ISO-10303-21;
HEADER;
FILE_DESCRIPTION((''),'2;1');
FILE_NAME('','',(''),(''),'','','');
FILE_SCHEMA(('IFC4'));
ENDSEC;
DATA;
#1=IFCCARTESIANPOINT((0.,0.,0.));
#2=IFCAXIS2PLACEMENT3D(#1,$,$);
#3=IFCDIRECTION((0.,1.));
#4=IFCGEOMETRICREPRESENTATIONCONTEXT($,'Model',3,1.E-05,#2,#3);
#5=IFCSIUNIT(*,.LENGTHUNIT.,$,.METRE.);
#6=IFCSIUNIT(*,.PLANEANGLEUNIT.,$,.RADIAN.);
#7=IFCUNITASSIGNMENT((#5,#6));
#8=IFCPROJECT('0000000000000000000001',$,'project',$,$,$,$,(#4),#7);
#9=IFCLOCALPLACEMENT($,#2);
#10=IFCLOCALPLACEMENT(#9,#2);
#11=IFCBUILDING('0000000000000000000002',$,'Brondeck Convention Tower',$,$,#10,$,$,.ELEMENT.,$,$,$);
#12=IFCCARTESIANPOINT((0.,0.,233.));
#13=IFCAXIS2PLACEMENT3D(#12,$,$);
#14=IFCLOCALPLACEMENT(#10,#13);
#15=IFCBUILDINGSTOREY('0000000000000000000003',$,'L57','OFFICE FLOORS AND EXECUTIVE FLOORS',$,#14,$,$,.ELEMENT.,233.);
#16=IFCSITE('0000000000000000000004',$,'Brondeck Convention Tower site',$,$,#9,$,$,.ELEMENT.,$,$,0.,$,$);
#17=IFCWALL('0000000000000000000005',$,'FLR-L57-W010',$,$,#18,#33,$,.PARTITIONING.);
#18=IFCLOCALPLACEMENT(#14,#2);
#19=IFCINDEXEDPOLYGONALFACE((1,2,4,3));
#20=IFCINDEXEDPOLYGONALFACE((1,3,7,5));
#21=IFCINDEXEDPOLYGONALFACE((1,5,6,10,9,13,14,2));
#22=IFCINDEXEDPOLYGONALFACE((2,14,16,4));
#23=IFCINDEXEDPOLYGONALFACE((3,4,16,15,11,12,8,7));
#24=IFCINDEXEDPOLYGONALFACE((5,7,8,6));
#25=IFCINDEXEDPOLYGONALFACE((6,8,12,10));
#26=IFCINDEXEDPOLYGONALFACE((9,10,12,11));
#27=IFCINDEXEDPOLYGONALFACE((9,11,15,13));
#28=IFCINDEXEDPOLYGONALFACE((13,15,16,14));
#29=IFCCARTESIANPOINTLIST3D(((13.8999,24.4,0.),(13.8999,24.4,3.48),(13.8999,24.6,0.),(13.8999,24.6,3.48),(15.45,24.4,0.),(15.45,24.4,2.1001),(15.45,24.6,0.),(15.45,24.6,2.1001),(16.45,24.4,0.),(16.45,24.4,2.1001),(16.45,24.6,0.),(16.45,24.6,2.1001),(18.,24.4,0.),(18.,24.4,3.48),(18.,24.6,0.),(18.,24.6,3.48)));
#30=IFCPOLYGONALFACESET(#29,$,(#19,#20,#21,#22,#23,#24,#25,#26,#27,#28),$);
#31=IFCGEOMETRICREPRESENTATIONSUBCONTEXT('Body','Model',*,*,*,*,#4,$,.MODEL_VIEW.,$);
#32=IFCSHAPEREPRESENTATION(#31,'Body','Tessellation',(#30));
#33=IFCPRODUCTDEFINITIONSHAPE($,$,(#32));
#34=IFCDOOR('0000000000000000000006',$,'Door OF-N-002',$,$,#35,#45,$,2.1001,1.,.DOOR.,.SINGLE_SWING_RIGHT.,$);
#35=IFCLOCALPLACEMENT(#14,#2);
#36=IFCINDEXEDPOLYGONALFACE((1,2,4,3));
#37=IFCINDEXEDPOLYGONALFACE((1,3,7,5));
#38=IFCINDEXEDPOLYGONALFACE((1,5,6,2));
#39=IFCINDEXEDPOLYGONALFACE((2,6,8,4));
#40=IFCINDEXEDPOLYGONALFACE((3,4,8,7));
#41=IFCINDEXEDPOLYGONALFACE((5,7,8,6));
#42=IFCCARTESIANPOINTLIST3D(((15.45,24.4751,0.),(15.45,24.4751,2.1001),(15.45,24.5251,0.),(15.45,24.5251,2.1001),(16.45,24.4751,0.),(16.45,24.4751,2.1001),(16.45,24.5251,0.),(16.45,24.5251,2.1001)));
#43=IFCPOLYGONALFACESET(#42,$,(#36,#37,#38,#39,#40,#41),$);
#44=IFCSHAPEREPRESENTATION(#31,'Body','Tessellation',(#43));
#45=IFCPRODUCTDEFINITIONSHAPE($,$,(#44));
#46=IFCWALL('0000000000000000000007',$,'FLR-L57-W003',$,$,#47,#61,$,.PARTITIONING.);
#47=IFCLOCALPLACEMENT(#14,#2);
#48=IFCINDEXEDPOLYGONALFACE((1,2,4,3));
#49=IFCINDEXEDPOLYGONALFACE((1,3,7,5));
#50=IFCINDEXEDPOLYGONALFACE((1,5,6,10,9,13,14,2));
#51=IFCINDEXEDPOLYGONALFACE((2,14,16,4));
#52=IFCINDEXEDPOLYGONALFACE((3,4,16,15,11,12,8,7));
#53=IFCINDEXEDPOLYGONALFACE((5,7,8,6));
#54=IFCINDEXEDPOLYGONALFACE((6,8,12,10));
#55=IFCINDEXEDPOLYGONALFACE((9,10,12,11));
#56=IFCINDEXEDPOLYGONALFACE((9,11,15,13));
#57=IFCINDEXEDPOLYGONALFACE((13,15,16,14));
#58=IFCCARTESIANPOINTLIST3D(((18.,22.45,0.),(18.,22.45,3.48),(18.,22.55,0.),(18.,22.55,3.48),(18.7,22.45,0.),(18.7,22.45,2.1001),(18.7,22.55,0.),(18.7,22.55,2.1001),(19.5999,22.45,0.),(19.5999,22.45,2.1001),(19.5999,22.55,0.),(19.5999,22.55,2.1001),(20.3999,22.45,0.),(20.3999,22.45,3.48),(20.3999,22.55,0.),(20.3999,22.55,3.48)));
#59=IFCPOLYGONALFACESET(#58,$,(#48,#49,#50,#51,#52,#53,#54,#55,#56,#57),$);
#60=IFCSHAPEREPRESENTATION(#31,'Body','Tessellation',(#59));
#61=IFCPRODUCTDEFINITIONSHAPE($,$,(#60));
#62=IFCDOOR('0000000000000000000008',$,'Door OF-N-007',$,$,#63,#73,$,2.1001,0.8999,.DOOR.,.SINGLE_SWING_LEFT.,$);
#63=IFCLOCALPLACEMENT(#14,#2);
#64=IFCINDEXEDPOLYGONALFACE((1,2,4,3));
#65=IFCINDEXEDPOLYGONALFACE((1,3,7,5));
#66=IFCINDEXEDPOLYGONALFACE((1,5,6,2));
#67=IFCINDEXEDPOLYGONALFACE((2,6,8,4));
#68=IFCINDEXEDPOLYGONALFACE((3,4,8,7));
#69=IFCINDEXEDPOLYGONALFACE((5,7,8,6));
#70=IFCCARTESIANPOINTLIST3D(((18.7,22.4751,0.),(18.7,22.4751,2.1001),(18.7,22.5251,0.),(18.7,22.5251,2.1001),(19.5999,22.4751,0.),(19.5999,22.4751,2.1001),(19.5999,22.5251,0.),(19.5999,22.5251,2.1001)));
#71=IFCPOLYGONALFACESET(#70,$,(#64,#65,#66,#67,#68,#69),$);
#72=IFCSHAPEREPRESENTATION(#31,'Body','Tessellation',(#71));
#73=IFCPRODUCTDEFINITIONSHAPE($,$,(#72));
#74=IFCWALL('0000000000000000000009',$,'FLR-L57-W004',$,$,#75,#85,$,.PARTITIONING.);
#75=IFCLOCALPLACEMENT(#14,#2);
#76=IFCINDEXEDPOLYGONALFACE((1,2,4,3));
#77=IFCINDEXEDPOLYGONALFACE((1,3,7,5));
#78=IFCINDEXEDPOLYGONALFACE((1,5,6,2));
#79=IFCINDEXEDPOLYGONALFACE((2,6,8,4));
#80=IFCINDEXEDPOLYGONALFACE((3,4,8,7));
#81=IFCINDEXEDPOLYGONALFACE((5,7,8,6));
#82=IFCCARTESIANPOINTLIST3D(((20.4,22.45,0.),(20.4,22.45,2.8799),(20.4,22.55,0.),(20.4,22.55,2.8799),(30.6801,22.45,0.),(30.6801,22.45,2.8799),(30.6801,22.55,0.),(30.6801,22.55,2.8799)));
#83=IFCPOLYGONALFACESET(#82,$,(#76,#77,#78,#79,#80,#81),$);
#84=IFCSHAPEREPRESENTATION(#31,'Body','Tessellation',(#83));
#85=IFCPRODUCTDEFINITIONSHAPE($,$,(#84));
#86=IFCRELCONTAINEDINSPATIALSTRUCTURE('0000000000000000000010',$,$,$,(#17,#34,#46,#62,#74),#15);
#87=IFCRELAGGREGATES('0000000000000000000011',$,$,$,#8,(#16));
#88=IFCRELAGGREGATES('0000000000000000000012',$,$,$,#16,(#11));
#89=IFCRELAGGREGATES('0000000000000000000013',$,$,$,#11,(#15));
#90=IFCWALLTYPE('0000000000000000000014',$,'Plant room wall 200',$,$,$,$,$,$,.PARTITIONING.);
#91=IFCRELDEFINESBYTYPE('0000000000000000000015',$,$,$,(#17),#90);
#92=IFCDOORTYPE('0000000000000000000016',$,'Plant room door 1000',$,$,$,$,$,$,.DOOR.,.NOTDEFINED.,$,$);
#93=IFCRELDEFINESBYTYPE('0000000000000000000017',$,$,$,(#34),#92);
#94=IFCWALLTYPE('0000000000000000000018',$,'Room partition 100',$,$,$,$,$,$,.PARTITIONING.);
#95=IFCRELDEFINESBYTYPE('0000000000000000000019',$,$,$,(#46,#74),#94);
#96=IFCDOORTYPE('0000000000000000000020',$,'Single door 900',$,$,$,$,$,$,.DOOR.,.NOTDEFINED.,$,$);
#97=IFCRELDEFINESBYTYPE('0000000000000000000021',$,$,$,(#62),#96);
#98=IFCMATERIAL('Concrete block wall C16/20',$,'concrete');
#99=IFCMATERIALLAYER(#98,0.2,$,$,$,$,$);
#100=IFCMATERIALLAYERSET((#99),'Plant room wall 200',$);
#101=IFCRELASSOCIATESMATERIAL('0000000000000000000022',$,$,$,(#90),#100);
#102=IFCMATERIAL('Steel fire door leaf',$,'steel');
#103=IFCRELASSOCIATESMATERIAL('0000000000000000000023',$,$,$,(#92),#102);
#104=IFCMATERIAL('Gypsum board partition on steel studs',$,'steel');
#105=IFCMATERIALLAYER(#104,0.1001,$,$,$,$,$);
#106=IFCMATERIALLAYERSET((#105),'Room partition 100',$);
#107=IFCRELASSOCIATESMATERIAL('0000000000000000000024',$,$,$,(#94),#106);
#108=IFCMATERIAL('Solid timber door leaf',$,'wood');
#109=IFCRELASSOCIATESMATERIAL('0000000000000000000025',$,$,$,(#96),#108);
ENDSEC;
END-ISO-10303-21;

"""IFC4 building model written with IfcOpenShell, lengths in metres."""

from ifc_helpers import new_model, si_unit, direction, frame, frame_2d, origin, place, context, subcontext, project, spatial, rectangle, extrude, material, layer, layer_set, type_object, element, fill, save


model = new_model("IFC4")

# Units and contexts
model_context = context("Model", 3, precision=1e-05, world=origin(), true_north=direction((0.0, 1.0)))
body_context = subcontext(model_context, "Body", "Model", "MODEL_VIEW")
ifc_project = project(units=[si_unit("LENGTHUNIT", "METRE"), si_unit("PLANEANGLEUNIT", "RADIAN")], contexts=[model_context])

# Site, building, storey
site_placement = place(None, origin())
site = spatial("IfcSite", under=ifc_project, at=site_placement, Name="Brondeck Convention Tower site", CompositionType="ELEMENT", RefElevation=0.0)
building_placement = place(site_placement, origin())
building = spatial("IfcBuilding", under=site, at=building_placement, Name="Brondeck Convention Tower", CompositionType="ELEMENT")
storey_placement = place(building_placement, frame((0.0, 0.0, 233.0)))
storey = spatial("IfcBuildingStorey", under=building, at=storey_placement, Name="L57", Description="OFFICE FLOORS AND EXECUTIVE FLOORS", CompositionType="ELEMENT", Elevation=233.0)

# Shared definitions
ifc_material_1 = material(Name="Concrete block wall C16/20", Category="concrete")
ifc_layer_1 = layer(ifc_material_1, 0.2)
ifc_layer_set_1 = layer_set([ifc_layer_1], Name="Plant room wall 200")
wall_type_1 = type_object("IfcWallType", Name="Plant room wall 200", PredefinedType="PARTITIONING", material=ifc_layer_set_1)

# Walls, openings, doors
wall_1_placement = place(storey_placement, frame((18.0, 24.5, 0.0), z_axis=(0.0, 0.0, 1.0), x_axis=(-1.0, 0.0, 0.0)))
wall_1 = element("IfcWall", 1, at=wall_1_placement, inside=storey, type_object=wall_type_1, Name="FLR-L57-W010", PredefinedType="PARTITIONING", context=body_context, shape_type="SweptSolid", body=[
    extrude(rectangle(XDim=4.1001, YDim=0.2, at=frame_2d((2.05, 0.0))), origin(), (0.0, 0.0, 1.0), 3.48),
])
opening_1_placement = place(wall_1_placement, frame((1.55, 0.0, 0.0)))
opening_1 = element("IfcOpeningElement", 2, at=opening_1_placement, cuts=wall_1, PredefinedType="OPENING", context=body_context, shape_type="SweptSolid", body=[
    extrude(rectangle(XDim=1.0, YDim=2.1001, at=frame_2d((0.5, 1.05))), frame((0.0, 0.1099, 0.0), z_axis=(0.0, -1.0, 0.0), x_axis=(1.0, 0.0, 0.0)), (0.0, 0.0, 1.0), 0.22),
])
ifc_material_2 = material(Name="Steel fire door leaf", Category="steel")
door_type_1 = type_object("IfcDoorType", Name="Plant room door 1000", OperationType="NOTDEFINED", PredefinedType="DOOR", material=ifc_material_2)
door_1_placement = place(opening_1_placement, origin())
door_1 = element("IfcDoor", 3, at=door_1_placement, inside=storey, type_object=door_type_1, Name="Door OF-N-002", OperationType="SINGLE_SWING_RIGHT", OverallHeight=2.1001, OverallWidth=1.0, PredefinedType="DOOR", context=body_context, shape_type="SweptSolid", body=[
    extrude(rectangle(XDim=1.0, YDim=2.1001, at=frame_2d((0.5, 1.05))), frame((0.0, 0.0249, 0.0), z_axis=(0.0, -1.0, 0.0), x_axis=(1.0, 0.0, 0.0)), (0.0, 0.0, 1.0), 0.05),
])
fill(opening_1, door_1)
ifc_material_3 = material(Name="Gypsum board partition on steel studs", Category="steel")
ifc_layer_2 = layer(ifc_material_3, 0.1001)
ifc_layer_set_2 = layer_set([ifc_layer_2], Name="Room partition 100")
wall_type_2 = type_object("IfcWallType", Name="Room partition 100", PredefinedType="PARTITIONING", material=ifc_layer_set_2)
wall_2_placement = place(storey_placement, frame((20.3999, 22.5, 0.0), z_axis=(0.0, 0.0, 1.0), x_axis=(-1.0, 0.0, 0.0)))
wall_2 = element("IfcWall", 4, at=wall_2_placement, inside=storey, type_object=wall_type_2, Name="FLR-L57-W003", PredefinedType="PARTITIONING", context=body_context, shape_type="SweptSolid", body=[
    extrude(rectangle(XDim=2.3999, YDim=0.1001, at=frame_2d((1.2, 0.0))), origin(), (0.0, 0.0, 1.0), 3.48),
])
opening_2_placement = place(wall_2_placement, frame((0.8, 0.0, 0.0)))
opening_2 = element("IfcOpeningElement", 5, at=opening_2_placement, cuts=wall_2, PredefinedType="OPENING", context=body_context, shape_type="SweptSolid", body=[
    extrude(rectangle(XDim=0.8999, YDim=2.1001, at=frame_2d((0.45, 1.05))), frame((0.0, 0.0601, 0.0), z_axis=(0.0, -1.0, 0.0), x_axis=(1.0, 0.0, 0.0)), (0.0, 0.0, 1.0), 0.1201),
])
ifc_material_4 = material(Name="Solid timber door leaf", Category="wood")
door_type_2 = type_object("IfcDoorType", Name="Single door 900", OperationType="NOTDEFINED", PredefinedType="DOOR", material=ifc_material_4)
door_2_placement = place(opening_2_placement, origin())
door_2 = element("IfcDoor", 6, at=door_2_placement, inside=storey, type_object=door_type_2, Name="Door OF-N-007", OperationType="SINGLE_SWING_LEFT", OverallHeight=2.1001, OverallWidth=0.8999, PredefinedType="DOOR", context=body_context, shape_type="SweptSolid", body=[
    extrude(rectangle(XDim=0.8999, YDim=2.1001, at=frame_2d((0.45, 1.05))), frame((0.0, 0.0249, 0.0), z_axis=(0.0, -1.0, 0.0), x_axis=(1.0, 0.0, 0.0)), (0.0, 0.0, 1.0), 0.05),
])
fill(opening_2, door_2)

# Wall
wall_3_placement = place(storey_placement, frame((20.3999, 22.5, 0.0), z_axis=(0.0, 0.0, 1.0), x_axis=(1.0, 0.0, 0.0)))
element("IfcWall", 7, at=wall_3_placement, inside=storey, type_object=wall_type_2, Name="FLR-L57-W004", PredefinedType="PARTITIONING", context=body_context, shape_type="SweptSolid", body=[
    extrude(rectangle(XDim=10.28, YDim=0.1001, at=frame_2d((5.1401, 0.0))), origin(), (0.0, 0.0, 1.0), 2.8799),
])

save(model, "model.ifc")
